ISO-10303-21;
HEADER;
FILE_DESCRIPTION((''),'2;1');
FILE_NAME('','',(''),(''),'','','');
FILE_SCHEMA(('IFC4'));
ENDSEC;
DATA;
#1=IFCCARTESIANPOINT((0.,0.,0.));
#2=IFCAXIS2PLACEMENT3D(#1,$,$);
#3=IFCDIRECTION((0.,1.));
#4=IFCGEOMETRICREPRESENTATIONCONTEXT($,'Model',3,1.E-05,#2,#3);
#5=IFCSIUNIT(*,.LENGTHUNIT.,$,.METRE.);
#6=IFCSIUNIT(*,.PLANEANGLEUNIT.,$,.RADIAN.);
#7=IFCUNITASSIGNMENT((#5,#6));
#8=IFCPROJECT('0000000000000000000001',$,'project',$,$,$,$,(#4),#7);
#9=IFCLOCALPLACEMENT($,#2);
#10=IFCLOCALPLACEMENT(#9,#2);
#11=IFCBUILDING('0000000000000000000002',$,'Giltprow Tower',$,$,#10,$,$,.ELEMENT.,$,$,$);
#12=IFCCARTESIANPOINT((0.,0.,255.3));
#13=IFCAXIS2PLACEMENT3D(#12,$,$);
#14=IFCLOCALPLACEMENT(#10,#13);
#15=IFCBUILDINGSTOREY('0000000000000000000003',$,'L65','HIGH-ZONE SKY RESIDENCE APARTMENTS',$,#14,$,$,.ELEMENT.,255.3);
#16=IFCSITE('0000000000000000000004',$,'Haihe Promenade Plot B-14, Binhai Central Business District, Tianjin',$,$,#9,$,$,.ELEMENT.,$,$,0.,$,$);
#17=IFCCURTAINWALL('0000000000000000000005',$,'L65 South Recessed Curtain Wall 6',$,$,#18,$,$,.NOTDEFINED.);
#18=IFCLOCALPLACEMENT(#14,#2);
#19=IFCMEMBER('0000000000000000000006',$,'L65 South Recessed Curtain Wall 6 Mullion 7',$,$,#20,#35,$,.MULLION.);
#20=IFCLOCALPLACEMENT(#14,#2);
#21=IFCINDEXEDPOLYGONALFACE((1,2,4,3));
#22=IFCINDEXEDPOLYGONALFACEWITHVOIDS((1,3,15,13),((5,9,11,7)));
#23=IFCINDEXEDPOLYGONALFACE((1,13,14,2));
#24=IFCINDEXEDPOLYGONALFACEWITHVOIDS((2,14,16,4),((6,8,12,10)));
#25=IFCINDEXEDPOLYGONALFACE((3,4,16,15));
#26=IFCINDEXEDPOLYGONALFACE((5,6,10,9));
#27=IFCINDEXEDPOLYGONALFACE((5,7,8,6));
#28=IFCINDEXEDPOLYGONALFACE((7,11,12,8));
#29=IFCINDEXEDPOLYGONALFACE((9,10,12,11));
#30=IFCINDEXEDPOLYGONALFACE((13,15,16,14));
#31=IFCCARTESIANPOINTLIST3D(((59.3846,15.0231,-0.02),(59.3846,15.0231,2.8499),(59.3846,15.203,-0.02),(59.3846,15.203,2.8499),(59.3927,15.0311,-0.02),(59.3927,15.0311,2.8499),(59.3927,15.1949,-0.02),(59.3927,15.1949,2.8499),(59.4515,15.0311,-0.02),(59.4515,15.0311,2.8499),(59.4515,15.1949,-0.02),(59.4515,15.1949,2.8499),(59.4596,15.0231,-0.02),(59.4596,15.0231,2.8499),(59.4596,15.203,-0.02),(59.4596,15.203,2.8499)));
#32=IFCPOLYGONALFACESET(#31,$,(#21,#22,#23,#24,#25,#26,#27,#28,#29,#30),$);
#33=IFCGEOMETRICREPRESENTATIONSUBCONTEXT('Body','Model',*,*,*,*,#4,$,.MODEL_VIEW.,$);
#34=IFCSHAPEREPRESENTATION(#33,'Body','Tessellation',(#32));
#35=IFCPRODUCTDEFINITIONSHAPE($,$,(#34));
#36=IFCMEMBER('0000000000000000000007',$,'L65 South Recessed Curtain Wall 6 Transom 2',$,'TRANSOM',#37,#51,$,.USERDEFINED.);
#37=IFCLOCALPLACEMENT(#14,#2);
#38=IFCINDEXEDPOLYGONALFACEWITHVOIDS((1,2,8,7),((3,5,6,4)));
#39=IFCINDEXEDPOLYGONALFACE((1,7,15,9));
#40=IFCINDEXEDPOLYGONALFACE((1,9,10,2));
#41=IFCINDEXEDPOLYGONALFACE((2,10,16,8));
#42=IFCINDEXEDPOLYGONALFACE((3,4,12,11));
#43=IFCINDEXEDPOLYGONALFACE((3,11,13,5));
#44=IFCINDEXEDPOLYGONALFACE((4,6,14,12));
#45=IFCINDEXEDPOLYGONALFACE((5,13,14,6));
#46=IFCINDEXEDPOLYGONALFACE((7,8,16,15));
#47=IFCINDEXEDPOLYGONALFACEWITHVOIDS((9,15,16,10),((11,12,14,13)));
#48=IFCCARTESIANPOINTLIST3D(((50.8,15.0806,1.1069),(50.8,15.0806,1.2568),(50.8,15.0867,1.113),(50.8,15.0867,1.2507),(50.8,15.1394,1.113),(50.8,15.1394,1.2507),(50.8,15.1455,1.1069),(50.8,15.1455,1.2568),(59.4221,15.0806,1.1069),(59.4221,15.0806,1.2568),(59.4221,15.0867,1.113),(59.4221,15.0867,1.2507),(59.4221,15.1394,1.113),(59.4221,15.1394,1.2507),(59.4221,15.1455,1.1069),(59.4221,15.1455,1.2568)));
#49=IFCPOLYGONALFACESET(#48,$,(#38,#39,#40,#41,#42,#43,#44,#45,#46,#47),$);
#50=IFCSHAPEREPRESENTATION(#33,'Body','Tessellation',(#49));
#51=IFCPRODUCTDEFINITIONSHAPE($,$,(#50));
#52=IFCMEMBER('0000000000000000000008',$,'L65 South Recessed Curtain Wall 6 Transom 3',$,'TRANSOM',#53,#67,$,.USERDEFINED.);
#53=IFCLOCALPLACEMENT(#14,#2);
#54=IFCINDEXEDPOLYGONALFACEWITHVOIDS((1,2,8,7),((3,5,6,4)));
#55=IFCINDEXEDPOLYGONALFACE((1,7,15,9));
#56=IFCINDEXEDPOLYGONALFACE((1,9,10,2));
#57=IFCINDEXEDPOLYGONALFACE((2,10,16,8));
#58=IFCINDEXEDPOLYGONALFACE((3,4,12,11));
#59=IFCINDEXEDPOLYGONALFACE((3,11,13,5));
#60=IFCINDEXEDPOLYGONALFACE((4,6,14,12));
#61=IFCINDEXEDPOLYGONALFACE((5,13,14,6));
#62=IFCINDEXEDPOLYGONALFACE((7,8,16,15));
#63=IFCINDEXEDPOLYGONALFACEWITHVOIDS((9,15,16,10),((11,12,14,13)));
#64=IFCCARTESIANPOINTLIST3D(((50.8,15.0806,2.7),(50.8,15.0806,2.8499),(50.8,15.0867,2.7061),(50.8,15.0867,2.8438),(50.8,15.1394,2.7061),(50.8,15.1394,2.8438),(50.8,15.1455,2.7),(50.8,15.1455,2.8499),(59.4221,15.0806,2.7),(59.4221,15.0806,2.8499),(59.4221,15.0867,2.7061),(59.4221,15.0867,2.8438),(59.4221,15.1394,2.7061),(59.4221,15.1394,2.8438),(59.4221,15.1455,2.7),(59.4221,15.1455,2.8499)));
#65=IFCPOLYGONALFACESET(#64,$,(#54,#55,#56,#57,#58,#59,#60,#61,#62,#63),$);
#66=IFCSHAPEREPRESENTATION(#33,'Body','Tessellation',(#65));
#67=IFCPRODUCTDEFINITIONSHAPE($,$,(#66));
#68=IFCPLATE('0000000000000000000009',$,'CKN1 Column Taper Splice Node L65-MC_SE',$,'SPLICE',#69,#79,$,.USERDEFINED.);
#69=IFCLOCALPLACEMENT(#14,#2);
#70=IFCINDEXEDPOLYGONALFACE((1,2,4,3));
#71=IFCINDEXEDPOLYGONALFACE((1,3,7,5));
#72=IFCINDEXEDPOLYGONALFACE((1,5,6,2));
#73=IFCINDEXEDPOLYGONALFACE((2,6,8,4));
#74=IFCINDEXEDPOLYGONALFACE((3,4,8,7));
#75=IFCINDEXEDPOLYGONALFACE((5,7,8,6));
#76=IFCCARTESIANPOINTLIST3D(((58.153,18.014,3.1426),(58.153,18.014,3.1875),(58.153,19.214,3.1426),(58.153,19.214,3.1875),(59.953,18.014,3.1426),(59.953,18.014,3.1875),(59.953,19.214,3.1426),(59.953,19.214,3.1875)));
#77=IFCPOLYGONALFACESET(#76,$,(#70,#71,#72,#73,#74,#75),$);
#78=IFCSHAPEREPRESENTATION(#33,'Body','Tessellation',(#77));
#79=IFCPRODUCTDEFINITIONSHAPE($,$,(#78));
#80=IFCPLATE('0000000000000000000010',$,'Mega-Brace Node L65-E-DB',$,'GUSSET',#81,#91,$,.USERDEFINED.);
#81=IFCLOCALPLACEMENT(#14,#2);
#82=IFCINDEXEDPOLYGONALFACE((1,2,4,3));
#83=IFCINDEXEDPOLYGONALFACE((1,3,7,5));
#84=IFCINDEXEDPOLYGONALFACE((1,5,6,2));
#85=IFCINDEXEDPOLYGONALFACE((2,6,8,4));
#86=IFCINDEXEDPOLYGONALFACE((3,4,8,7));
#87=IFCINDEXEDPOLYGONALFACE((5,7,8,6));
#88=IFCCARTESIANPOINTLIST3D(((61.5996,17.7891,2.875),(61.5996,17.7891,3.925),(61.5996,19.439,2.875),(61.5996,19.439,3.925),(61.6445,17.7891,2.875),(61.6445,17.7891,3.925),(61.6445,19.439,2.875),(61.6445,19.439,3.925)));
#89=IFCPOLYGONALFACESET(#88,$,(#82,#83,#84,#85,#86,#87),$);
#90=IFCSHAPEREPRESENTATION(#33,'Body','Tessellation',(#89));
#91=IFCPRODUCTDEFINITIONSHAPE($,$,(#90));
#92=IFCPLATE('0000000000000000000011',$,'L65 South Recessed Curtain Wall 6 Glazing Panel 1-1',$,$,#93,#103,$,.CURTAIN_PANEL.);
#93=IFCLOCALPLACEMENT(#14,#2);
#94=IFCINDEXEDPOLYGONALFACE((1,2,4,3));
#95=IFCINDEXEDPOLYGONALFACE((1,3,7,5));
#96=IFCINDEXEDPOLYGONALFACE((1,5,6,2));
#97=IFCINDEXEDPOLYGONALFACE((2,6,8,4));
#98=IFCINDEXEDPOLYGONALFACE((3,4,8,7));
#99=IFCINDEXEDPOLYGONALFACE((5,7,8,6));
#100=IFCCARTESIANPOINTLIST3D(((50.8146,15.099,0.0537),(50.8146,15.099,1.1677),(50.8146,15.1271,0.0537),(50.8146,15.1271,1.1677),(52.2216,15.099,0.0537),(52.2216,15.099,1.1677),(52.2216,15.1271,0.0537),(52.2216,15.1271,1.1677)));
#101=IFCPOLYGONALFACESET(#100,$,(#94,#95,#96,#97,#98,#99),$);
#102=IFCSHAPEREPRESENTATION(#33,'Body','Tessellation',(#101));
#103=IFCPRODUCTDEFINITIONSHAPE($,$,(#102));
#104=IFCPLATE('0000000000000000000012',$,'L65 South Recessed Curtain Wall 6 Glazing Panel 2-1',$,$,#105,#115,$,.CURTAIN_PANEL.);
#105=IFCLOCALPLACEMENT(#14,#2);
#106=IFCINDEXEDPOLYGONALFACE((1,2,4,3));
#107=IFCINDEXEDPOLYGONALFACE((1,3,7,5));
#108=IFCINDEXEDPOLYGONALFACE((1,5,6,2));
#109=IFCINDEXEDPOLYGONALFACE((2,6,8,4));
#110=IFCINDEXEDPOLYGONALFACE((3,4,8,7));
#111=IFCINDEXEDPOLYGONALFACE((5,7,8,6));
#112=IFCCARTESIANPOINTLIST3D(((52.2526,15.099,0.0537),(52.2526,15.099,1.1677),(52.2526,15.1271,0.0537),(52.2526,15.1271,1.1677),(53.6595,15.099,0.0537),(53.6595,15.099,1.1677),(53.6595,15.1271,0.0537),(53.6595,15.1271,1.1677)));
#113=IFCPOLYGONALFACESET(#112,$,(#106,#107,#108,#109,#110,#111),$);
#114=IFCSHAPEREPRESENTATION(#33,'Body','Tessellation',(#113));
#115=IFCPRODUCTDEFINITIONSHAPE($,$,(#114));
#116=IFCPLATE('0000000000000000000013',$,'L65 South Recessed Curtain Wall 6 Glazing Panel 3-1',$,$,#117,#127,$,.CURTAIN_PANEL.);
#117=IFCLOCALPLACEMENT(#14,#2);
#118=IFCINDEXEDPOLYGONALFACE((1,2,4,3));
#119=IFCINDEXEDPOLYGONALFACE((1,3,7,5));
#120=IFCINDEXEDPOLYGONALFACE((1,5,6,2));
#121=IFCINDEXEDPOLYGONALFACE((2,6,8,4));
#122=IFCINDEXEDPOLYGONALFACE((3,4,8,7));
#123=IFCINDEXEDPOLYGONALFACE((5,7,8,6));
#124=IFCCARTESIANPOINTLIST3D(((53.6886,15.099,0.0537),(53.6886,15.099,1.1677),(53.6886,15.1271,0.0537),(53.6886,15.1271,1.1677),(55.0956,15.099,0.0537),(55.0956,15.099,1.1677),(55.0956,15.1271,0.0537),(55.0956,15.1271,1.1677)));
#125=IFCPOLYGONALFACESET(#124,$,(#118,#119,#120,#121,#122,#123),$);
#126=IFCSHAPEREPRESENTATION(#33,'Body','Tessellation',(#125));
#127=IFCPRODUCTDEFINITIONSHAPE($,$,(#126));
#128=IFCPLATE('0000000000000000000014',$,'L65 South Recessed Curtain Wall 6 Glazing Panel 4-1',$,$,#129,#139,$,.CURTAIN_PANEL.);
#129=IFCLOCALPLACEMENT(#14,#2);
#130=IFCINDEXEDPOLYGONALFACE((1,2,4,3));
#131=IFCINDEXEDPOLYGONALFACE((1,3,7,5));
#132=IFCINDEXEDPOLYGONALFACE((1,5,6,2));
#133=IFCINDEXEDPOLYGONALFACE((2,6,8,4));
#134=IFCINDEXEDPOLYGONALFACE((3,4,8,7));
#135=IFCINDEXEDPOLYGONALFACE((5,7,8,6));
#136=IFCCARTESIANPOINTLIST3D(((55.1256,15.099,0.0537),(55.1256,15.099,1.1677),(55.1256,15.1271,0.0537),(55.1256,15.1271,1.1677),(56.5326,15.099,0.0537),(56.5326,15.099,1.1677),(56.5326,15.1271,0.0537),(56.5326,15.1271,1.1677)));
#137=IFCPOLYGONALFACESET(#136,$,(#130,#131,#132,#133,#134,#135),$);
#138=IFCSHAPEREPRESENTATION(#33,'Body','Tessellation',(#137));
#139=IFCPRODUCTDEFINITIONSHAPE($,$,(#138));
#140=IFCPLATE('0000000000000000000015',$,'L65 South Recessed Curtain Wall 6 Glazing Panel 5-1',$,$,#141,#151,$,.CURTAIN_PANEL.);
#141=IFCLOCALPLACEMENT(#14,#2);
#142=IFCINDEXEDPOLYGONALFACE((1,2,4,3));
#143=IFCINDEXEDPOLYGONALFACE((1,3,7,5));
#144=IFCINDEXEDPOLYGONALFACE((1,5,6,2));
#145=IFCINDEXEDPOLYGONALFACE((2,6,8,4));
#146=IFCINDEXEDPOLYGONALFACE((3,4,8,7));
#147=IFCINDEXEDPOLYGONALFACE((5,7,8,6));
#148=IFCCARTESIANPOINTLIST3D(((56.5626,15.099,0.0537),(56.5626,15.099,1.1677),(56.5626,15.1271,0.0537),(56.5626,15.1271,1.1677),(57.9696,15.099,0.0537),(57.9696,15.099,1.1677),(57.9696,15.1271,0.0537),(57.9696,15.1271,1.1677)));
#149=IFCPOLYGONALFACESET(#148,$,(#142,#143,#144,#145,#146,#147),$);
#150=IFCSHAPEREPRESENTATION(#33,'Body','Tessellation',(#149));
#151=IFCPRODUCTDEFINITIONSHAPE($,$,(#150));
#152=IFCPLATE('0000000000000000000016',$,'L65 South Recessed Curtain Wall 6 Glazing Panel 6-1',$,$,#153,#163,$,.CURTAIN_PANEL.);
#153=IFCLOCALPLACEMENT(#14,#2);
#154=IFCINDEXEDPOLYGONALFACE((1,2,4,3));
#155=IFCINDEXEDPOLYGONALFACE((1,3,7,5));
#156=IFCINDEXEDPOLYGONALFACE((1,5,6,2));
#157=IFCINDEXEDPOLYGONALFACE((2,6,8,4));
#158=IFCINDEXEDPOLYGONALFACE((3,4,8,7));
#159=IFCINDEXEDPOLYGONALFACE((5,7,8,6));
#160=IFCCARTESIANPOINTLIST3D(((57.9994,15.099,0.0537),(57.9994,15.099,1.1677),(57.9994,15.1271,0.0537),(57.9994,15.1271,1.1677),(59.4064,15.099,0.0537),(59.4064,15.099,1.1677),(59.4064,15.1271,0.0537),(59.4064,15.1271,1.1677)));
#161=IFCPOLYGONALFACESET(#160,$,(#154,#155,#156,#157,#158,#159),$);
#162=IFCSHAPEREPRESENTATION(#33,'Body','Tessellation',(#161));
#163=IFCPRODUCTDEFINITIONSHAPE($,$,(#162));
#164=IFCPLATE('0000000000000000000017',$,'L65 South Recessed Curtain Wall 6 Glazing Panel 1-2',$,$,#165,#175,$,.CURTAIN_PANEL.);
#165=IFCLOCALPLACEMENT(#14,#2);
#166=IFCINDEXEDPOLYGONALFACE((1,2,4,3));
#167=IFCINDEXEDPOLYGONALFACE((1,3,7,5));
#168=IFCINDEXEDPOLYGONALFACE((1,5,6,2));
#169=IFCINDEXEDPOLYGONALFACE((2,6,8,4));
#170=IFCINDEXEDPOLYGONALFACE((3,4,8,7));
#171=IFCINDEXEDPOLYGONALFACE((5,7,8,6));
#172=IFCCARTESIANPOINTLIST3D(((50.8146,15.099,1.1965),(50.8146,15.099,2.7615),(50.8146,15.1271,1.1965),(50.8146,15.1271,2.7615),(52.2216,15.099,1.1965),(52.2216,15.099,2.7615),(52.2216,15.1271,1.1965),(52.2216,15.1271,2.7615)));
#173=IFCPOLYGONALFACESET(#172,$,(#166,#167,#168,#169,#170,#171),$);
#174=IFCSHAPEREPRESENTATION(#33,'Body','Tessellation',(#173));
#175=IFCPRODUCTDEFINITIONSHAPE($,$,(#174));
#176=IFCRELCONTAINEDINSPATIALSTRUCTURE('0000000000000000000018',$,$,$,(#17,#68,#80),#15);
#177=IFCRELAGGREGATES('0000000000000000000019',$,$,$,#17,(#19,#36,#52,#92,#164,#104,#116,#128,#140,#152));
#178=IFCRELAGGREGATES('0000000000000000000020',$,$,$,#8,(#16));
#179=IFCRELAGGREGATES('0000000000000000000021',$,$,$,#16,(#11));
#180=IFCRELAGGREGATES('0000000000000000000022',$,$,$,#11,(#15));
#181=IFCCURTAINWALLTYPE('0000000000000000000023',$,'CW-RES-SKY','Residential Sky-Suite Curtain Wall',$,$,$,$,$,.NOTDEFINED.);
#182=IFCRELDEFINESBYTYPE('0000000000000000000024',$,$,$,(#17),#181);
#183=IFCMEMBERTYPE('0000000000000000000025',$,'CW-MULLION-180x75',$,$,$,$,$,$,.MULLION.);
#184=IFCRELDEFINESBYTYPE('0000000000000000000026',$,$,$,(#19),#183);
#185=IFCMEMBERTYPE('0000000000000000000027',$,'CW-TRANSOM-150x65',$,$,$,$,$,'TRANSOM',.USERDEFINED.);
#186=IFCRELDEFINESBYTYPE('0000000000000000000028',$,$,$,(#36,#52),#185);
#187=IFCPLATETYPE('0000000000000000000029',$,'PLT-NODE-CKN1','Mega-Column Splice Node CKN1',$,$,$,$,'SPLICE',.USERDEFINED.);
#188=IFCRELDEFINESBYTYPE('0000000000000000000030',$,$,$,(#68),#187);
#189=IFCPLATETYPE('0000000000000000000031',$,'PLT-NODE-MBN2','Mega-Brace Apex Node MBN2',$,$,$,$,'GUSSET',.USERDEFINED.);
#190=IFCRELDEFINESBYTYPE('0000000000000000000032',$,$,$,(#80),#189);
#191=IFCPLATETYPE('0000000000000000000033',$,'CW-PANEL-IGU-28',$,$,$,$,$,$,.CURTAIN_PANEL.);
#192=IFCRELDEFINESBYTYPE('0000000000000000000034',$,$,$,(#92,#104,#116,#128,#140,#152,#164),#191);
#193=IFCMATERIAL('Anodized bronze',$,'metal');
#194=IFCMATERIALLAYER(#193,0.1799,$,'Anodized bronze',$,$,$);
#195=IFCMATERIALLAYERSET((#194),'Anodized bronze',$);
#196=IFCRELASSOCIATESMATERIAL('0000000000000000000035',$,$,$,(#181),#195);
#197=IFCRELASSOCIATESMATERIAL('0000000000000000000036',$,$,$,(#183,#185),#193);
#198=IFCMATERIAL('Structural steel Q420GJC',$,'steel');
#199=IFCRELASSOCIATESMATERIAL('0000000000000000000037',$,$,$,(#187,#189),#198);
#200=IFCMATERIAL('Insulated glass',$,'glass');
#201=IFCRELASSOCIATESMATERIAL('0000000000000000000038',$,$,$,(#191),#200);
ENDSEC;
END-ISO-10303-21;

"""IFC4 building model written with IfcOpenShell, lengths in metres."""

from ifc_helpers import new_model, si_unit, direction, frame, origin, origin_2d, place, context, subcontext, project, spatial, rectangle, hollow_rectangle, extrude, source, transform, mapped, material, layer, layer_set, material_profile, profile_set, type_object, element, aggregate, save


model = new_model("IFC4")

# Units and contexts
model_context = context("Model", 3, precision=1e-05, world=origin(), true_north=direction((0.0, 1.0)))
body_context = subcontext(model_context, "Body", "Model", "MODEL_VIEW")
ifc_project = project(units=[si_unit("LENGTHUNIT", "METRE"), si_unit("PLANEANGLEUNIT", "RADIAN")], contexts=[model_context])

# Site, building, storey
site_placement = place(None, origin())
site = spatial("IfcSite", under=ifc_project, at=site_placement, Name="Haihe Promenade Plot B-14, Binhai Central Business District, Tianjin", CompositionType="ELEMENT", RefElevation=0.0)
building_placement = place(site_placement, origin())
building = spatial("IfcBuilding", under=site, at=building_placement, Name="Giltprow Tower", CompositionType="ELEMENT")
storey_placement = place(building_placement, frame((0.0, 0.0, 255.3)))
storey = spatial("IfcBuildingStorey", under=building, at=storey_placement, Name="L65", Description="HIGH-ZONE SKY RESIDENCE APARTMENTS", CompositionType="ELEMENT", Elevation=255.3)

# Shared definitions
ifc_material_1 = material(Name="Structural steel Q420GJC", Category="steel")

# Curtain wall, members
ifc_material_2 = material(Name="Anodized bronze", Category="metal")
ifc_layer_1 = layer(ifc_material_2, 0.1799, Name="Anodized bronze")
ifc_layer_set_1 = layer_set([ifc_layer_1], Name="Anodized bronze")
curtain_wall_type = type_object("IfcCurtainWallType", Name="CW-RES-SKY", Description="Residential Sky-Suite Curtain Wall", PredefinedType="NOTDEFINED", material=ifc_layer_set_1)
curtain_wall_placement = place(storey_placement, origin())
curtain_wall = element("IfcCurtainWall", 1, at=curtain_wall_placement, inside=storey, type_object=curtain_wall_type, Name="L65 South Recessed Curtain Wall 6", PredefinedType="NOTDEFINED")
ifc_material_profile_1 = material_profile(ifc_material_2, hollow_rectangle(XDim=0.075, YDim=0.1799, WallThickness=0.0081, at=origin_2d()), Name="RHS 180x75x8")
ifc_profile_set_1 = profile_set([ifc_material_profile_1], Name="Anodized bronze")
member_type_1 = type_object("IfcMemberType", Name="CW-MULLION-180x75", PredefinedType="MULLION", material=ifc_profile_set_1)
shared_shape_1 = source(origin(), body_context, "Body", "SweptSolid", [
    extrude(hollow_rectangle(XDim=0.075, YDim=0.1799, WallThickness=0.0081, at=origin_2d()), origin(), (0.0, 0.0, 1.0), 2.8699),
])
member_1_placement = place(storey_placement, frame((59.4221, 15.113, -0.02), z_axis=(0.0, 0.0, 1.0), x_axis=(1.0, 0.0, 0.0)))
member_1 = element("IfcMember", 2, at=member_1_placement, type_object=member_type_1, Name="L65 South Recessed Curtain Wall 6 Mullion 7", PredefinedType="MULLION", context=body_context, shape_type="MappedRepresentation", body=[
    mapped(shared_shape_1, transform((0.0, 0.0, 0.0), x_axis=(1.0, 0.0, 0.0), y_axis=(0.0, 1.0, 0.0), z_axis=(0.0, 0.0, 1.0), scale=1.0)),
])
ifc_material_profile_2 = material_profile(ifc_material_2, hollow_rectangle(XDim=0.0649, YDim=0.1499, WallThickness=0.0061, at=origin_2d()), Name="RHS 150x65x6")
ifc_profile_set_2 = profile_set([ifc_material_profile_2], Name="Anodized bronze")
member_type_2 = type_object("IfcMemberType", Name="CW-TRANSOM-150x65", ElementType="TRANSOM", PredefinedType="USERDEFINED", material=ifc_profile_set_2)
shared_shape_2 = source(origin(), body_context, "Body", "SweptSolid", [
    extrude(hollow_rectangle(XDim=0.0649, YDim=0.1499, WallThickness=0.0061, at=origin_2d()), origin(), (0.0, 0.0, 1.0), 8.6221),
])
member_2_placement = place(storey_placement, frame((50.8, 15.113, 1.1819), z_axis=(1.0, 0.0, 0.0), x_axis=(0.0, 1.0, 0.0)))
member_2 = element("IfcMember", 3, at=member_2_placement, type_object=member_type_2, Name="L65 South Recessed Curtain Wall 6 Transom 2", ObjectType="TRANSOM", PredefinedType="USERDEFINED", context=body_context, shape_type="MappedRepresentation", body=[
    mapped(shared_shape_2, transform((0.0, 0.0, 0.0), x_axis=(1.0, 0.0, 0.0), y_axis=(0.0, 1.0, 0.0), z_axis=(0.0, 0.0, 1.0), scale=1.0)),
])
member_3_placement = place(storey_placement, frame((50.8, 15.113, 2.7749), z_axis=(1.0, 0.0, 0.0), x_axis=(0.0, 1.0, 0.0)))
member_3 = element("IfcMember", 4, at=member_3_placement, type_object=member_type_2, Name="L65 South Recessed Curtain Wall 6 Transom 3", ObjectType="TRANSOM", PredefinedType="USERDEFINED", context=body_context, shape_type="MappedRepresentation", body=[
    mapped(shared_shape_2, transform((0.0, 0.0, 0.0), x_axis=(1.0, 0.0, 0.0), y_axis=(0.0, 1.0, 0.0), z_axis=(0.0, 0.0, 1.0), scale=1.0)),
])

# Plates
plate_type_1 = type_object("IfcPlateType", Name="PLT-NODE-CKN1", Description="Mega-Column Splice Node CKN1", ElementType="SPLICE", PredefinedType="USERDEFINED", material=ifc_material_1)
shared_shape_3 = source(origin(), body_context, "Body", "SweptSolid", [
    extrude(rectangle(XDim=1.8, YDim=1.2, at=origin_2d()), origin(), (0.0, 0.0, 1.0), 0.0449),
])
plate_1_placement = place(storey_placement, frame((59.053, 18.614, 3.1426), z_axis=(0.0, 0.0, 1.0), x_axis=(1.0, 0.0, 0.0)))
element("IfcPlate", 5, at=plate_1_placement, inside=storey, type_object=plate_type_1, Name="CKN1 Column Taper Splice Node L65-MC_SE", ObjectType="SPLICE", PredefinedType="USERDEFINED", context=body_context, shape_type="MappedRepresentation", body=[
    mapped(shared_shape_3, transform((0.0, 0.0, 0.0), x_axis=(1.0, 0.0, 0.0), y_axis=(0.0, 1.0, 0.0), z_axis=(0.0, 0.0, 1.0), scale=1.0)),
])
plate_type_2 = type_object("IfcPlateType", Name="PLT-NODE-MBN2", Description="Mega-Brace Apex Node MBN2", ElementType="GUSSET", PredefinedType="USERDEFINED", material=ifc_material_1)
shared_shape_4 = source(origin(), body_context, "Body", "SweptSolid", [
    extrude(rectangle(XDim=1.6499, YDim=0.0449, at=origin_2d()), origin(), (0.0, 0.0, 1.0), 1.05),
])
plate_2_placement = place(storey_placement, frame((61.6221, 18.614, 2.875), z_axis=(0.0, 0.0, 1.0), x_axis=(0.0, 1.0, 0.0)))
element("IfcPlate", 6, at=plate_2_placement, inside=storey, type_object=plate_type_2, Name="Mega-Brace Node L65-E-DB", ObjectType="GUSSET", PredefinedType="USERDEFINED", context=body_context, shape_type="MappedRepresentation", body=[
    mapped(shared_shape_4, transform((0.0, 0.0, 0.0), x_axis=(1.0, 0.0, 0.0), y_axis=(0.0, 1.0, 0.0), z_axis=(0.0, 0.0, 1.0), scale=1.0)),
])

# Plates
ifc_material_3 = material(Name="Insulated glass", Category="glass")
plate_type_3 = type_object("IfcPlateType", Name="CW-PANEL-IGU-28", PredefinedType="CURTAIN_PANEL", material=ifc_material_3)
shared_shape_5 = source(origin(), body_context, "Body", "SweptSolid", [
    extrude(rectangle(XDim=1.407, YDim=0.0281, at=origin_2d()), origin(), (0.0, 0.0, 1.0), 1.114),
])
plate_3_placement = place(storey_placement, frame((51.5181, 15.113, 0.0537), z_axis=(0.0, 0.0, 1.0), x_axis=(1.0, 0.0, 0.0)))
plate_3 = element("IfcPlate", 7, at=plate_3_placement, type_object=plate_type_3, Name="L65 South Recessed Curtain Wall 6 Glazing Panel 1-1", PredefinedType="CURTAIN_PANEL", context=body_context, shape_type="MappedRepresentation", body=[
    mapped(shared_shape_5, transform((0.0, 0.0, 0.0), x_axis=(1.0, 0.0, 0.0), y_axis=(0.0, 1.0, 0.0), z_axis=(0.0, 0.0, 1.0), scale=1.0)),
])
plate_4_placement = place(storey_placement, frame((52.9561, 15.113, 0.0537), z_axis=(0.0, 0.0, 1.0), x_axis=(1.0, 0.0, 0.0)))
plate_4 = element("IfcPlate", 8, at=plate_4_placement, type_object=plate_type_3, Name="L65 South Recessed Curtain Wall 6 Glazing Panel 2-1", PredefinedType="CURTAIN_PANEL", context=body_context, shape_type="MappedRepresentation", body=[
    mapped(shared_shape_5, transform((0.0, 0.0, 0.0), x_axis=(1.0, 0.0, 0.0), y_axis=(0.0, 1.0, 0.0), z_axis=(0.0, 0.0, 1.0), scale=1.0)),
])
plate_5_placement = place(storey_placement, frame((54.3921, 15.113, 0.0537), z_axis=(0.0, 0.0, 1.0), x_axis=(1.0, 0.0, 0.0)))
plate_5 = element("IfcPlate", 9, at=plate_5_placement, type_object=plate_type_3, Name="L65 South Recessed Curtain Wall 6 Glazing Panel 3-1", PredefinedType="CURTAIN_PANEL", context=body_context, shape_type="MappedRepresentation", body=[
    mapped(shared_shape_5, transform((0.0, 0.0, 0.0), x_axis=(1.0, 0.0, 0.0), y_axis=(0.0, 1.0, 0.0), z_axis=(0.0, 0.0, 1.0), scale=1.0)),
])
plate_6_placement = place(storey_placement, frame((55.8291, 15.113, 0.0537), z_axis=(0.0, 0.0, 1.0), x_axis=(1.0, 0.0, 0.0)))
plate_6 = element("IfcPlate", 10, at=plate_6_placement, type_object=plate_type_3, Name="L65 South Recessed Curtain Wall 6 Glazing Panel 4-1", PredefinedType="CURTAIN_PANEL", context=body_context, shape_type="MappedRepresentation", body=[
    mapped(shared_shape_5, transform((0.0, 0.0, 0.0), x_axis=(1.0, 0.0, 0.0), y_axis=(0.0, 1.0, 0.0), z_axis=(0.0, 0.0, 1.0), scale=1.0)),
])
plate_7_placement = place(storey_placement, frame((57.2661, 15.113, 0.0537), z_axis=(0.0, 0.0, 1.0), x_axis=(1.0, 0.0, 0.0)))
plate_7 = element("IfcPlate", 11, at=plate_7_placement, type_object=plate_type_3, Name="L65 South Recessed Curtain Wall 6 Glazing Panel 5-1", PredefinedType="CURTAIN_PANEL", context=body_context, shape_type="MappedRepresentation", body=[
    mapped(shared_shape_5, transform((0.0, 0.0, 0.0), x_axis=(1.0, 0.0, 0.0), y_axis=(0.0, 1.0, 0.0), z_axis=(0.0, 0.0, 1.0), scale=1.0)),
])
plate_8_placement = place(storey_placement, frame((58.7029, 15.113, 0.0537), z_axis=(0.0, 0.0, 1.0), x_axis=(1.0, 0.0, 0.0)))
plate_8 = element("IfcPlate", 12, at=plate_8_placement, type_object=plate_type_3, Name="L65 South Recessed Curtain Wall 6 Glazing Panel 6-1", PredefinedType="CURTAIN_PANEL", context=body_context, shape_type="MappedRepresentation", body=[
    mapped(shared_shape_5, transform((0.0, 0.0, 0.0), x_axis=(1.0, 0.0, 0.0), y_axis=(0.0, 1.0, 0.0), z_axis=(0.0, 0.0, 1.0), scale=1.0)),
])
shared_shape_6 = source(origin(), body_context, "Body", "SweptSolid", [
    extrude(rectangle(XDim=1.407, YDim=0.0281, at=origin_2d()), origin(), (0.0, 0.0, 1.0), 1.5649),
])
plate_9_placement = place(storey_placement, frame((51.5181, 15.113, 1.1965), z_axis=(0.0, 0.0, 1.0), x_axis=(1.0, 0.0, 0.0)))
plate_9 = element("IfcPlate", 13, at=plate_9_placement, type_object=plate_type_3, Name="L65 South Recessed Curtain Wall 6 Glazing Panel 1-2", PredefinedType="CURTAIN_PANEL", context=body_context, shape_type="MappedRepresentation", body=[
    mapped(shared_shape_6, transform((0.0, 0.0, 0.0), x_axis=(1.0, 0.0, 0.0), y_axis=(0.0, 1.0, 0.0), z_axis=(0.0, 0.0, 1.0), scale=1.0)),
])
aggregate(curtain_wall, [member_1, member_2, member_3, plate_3, plate_9, plate_4, plate_5, plate_6, plate_7, plate_8])

save(model, "model.ifc")
